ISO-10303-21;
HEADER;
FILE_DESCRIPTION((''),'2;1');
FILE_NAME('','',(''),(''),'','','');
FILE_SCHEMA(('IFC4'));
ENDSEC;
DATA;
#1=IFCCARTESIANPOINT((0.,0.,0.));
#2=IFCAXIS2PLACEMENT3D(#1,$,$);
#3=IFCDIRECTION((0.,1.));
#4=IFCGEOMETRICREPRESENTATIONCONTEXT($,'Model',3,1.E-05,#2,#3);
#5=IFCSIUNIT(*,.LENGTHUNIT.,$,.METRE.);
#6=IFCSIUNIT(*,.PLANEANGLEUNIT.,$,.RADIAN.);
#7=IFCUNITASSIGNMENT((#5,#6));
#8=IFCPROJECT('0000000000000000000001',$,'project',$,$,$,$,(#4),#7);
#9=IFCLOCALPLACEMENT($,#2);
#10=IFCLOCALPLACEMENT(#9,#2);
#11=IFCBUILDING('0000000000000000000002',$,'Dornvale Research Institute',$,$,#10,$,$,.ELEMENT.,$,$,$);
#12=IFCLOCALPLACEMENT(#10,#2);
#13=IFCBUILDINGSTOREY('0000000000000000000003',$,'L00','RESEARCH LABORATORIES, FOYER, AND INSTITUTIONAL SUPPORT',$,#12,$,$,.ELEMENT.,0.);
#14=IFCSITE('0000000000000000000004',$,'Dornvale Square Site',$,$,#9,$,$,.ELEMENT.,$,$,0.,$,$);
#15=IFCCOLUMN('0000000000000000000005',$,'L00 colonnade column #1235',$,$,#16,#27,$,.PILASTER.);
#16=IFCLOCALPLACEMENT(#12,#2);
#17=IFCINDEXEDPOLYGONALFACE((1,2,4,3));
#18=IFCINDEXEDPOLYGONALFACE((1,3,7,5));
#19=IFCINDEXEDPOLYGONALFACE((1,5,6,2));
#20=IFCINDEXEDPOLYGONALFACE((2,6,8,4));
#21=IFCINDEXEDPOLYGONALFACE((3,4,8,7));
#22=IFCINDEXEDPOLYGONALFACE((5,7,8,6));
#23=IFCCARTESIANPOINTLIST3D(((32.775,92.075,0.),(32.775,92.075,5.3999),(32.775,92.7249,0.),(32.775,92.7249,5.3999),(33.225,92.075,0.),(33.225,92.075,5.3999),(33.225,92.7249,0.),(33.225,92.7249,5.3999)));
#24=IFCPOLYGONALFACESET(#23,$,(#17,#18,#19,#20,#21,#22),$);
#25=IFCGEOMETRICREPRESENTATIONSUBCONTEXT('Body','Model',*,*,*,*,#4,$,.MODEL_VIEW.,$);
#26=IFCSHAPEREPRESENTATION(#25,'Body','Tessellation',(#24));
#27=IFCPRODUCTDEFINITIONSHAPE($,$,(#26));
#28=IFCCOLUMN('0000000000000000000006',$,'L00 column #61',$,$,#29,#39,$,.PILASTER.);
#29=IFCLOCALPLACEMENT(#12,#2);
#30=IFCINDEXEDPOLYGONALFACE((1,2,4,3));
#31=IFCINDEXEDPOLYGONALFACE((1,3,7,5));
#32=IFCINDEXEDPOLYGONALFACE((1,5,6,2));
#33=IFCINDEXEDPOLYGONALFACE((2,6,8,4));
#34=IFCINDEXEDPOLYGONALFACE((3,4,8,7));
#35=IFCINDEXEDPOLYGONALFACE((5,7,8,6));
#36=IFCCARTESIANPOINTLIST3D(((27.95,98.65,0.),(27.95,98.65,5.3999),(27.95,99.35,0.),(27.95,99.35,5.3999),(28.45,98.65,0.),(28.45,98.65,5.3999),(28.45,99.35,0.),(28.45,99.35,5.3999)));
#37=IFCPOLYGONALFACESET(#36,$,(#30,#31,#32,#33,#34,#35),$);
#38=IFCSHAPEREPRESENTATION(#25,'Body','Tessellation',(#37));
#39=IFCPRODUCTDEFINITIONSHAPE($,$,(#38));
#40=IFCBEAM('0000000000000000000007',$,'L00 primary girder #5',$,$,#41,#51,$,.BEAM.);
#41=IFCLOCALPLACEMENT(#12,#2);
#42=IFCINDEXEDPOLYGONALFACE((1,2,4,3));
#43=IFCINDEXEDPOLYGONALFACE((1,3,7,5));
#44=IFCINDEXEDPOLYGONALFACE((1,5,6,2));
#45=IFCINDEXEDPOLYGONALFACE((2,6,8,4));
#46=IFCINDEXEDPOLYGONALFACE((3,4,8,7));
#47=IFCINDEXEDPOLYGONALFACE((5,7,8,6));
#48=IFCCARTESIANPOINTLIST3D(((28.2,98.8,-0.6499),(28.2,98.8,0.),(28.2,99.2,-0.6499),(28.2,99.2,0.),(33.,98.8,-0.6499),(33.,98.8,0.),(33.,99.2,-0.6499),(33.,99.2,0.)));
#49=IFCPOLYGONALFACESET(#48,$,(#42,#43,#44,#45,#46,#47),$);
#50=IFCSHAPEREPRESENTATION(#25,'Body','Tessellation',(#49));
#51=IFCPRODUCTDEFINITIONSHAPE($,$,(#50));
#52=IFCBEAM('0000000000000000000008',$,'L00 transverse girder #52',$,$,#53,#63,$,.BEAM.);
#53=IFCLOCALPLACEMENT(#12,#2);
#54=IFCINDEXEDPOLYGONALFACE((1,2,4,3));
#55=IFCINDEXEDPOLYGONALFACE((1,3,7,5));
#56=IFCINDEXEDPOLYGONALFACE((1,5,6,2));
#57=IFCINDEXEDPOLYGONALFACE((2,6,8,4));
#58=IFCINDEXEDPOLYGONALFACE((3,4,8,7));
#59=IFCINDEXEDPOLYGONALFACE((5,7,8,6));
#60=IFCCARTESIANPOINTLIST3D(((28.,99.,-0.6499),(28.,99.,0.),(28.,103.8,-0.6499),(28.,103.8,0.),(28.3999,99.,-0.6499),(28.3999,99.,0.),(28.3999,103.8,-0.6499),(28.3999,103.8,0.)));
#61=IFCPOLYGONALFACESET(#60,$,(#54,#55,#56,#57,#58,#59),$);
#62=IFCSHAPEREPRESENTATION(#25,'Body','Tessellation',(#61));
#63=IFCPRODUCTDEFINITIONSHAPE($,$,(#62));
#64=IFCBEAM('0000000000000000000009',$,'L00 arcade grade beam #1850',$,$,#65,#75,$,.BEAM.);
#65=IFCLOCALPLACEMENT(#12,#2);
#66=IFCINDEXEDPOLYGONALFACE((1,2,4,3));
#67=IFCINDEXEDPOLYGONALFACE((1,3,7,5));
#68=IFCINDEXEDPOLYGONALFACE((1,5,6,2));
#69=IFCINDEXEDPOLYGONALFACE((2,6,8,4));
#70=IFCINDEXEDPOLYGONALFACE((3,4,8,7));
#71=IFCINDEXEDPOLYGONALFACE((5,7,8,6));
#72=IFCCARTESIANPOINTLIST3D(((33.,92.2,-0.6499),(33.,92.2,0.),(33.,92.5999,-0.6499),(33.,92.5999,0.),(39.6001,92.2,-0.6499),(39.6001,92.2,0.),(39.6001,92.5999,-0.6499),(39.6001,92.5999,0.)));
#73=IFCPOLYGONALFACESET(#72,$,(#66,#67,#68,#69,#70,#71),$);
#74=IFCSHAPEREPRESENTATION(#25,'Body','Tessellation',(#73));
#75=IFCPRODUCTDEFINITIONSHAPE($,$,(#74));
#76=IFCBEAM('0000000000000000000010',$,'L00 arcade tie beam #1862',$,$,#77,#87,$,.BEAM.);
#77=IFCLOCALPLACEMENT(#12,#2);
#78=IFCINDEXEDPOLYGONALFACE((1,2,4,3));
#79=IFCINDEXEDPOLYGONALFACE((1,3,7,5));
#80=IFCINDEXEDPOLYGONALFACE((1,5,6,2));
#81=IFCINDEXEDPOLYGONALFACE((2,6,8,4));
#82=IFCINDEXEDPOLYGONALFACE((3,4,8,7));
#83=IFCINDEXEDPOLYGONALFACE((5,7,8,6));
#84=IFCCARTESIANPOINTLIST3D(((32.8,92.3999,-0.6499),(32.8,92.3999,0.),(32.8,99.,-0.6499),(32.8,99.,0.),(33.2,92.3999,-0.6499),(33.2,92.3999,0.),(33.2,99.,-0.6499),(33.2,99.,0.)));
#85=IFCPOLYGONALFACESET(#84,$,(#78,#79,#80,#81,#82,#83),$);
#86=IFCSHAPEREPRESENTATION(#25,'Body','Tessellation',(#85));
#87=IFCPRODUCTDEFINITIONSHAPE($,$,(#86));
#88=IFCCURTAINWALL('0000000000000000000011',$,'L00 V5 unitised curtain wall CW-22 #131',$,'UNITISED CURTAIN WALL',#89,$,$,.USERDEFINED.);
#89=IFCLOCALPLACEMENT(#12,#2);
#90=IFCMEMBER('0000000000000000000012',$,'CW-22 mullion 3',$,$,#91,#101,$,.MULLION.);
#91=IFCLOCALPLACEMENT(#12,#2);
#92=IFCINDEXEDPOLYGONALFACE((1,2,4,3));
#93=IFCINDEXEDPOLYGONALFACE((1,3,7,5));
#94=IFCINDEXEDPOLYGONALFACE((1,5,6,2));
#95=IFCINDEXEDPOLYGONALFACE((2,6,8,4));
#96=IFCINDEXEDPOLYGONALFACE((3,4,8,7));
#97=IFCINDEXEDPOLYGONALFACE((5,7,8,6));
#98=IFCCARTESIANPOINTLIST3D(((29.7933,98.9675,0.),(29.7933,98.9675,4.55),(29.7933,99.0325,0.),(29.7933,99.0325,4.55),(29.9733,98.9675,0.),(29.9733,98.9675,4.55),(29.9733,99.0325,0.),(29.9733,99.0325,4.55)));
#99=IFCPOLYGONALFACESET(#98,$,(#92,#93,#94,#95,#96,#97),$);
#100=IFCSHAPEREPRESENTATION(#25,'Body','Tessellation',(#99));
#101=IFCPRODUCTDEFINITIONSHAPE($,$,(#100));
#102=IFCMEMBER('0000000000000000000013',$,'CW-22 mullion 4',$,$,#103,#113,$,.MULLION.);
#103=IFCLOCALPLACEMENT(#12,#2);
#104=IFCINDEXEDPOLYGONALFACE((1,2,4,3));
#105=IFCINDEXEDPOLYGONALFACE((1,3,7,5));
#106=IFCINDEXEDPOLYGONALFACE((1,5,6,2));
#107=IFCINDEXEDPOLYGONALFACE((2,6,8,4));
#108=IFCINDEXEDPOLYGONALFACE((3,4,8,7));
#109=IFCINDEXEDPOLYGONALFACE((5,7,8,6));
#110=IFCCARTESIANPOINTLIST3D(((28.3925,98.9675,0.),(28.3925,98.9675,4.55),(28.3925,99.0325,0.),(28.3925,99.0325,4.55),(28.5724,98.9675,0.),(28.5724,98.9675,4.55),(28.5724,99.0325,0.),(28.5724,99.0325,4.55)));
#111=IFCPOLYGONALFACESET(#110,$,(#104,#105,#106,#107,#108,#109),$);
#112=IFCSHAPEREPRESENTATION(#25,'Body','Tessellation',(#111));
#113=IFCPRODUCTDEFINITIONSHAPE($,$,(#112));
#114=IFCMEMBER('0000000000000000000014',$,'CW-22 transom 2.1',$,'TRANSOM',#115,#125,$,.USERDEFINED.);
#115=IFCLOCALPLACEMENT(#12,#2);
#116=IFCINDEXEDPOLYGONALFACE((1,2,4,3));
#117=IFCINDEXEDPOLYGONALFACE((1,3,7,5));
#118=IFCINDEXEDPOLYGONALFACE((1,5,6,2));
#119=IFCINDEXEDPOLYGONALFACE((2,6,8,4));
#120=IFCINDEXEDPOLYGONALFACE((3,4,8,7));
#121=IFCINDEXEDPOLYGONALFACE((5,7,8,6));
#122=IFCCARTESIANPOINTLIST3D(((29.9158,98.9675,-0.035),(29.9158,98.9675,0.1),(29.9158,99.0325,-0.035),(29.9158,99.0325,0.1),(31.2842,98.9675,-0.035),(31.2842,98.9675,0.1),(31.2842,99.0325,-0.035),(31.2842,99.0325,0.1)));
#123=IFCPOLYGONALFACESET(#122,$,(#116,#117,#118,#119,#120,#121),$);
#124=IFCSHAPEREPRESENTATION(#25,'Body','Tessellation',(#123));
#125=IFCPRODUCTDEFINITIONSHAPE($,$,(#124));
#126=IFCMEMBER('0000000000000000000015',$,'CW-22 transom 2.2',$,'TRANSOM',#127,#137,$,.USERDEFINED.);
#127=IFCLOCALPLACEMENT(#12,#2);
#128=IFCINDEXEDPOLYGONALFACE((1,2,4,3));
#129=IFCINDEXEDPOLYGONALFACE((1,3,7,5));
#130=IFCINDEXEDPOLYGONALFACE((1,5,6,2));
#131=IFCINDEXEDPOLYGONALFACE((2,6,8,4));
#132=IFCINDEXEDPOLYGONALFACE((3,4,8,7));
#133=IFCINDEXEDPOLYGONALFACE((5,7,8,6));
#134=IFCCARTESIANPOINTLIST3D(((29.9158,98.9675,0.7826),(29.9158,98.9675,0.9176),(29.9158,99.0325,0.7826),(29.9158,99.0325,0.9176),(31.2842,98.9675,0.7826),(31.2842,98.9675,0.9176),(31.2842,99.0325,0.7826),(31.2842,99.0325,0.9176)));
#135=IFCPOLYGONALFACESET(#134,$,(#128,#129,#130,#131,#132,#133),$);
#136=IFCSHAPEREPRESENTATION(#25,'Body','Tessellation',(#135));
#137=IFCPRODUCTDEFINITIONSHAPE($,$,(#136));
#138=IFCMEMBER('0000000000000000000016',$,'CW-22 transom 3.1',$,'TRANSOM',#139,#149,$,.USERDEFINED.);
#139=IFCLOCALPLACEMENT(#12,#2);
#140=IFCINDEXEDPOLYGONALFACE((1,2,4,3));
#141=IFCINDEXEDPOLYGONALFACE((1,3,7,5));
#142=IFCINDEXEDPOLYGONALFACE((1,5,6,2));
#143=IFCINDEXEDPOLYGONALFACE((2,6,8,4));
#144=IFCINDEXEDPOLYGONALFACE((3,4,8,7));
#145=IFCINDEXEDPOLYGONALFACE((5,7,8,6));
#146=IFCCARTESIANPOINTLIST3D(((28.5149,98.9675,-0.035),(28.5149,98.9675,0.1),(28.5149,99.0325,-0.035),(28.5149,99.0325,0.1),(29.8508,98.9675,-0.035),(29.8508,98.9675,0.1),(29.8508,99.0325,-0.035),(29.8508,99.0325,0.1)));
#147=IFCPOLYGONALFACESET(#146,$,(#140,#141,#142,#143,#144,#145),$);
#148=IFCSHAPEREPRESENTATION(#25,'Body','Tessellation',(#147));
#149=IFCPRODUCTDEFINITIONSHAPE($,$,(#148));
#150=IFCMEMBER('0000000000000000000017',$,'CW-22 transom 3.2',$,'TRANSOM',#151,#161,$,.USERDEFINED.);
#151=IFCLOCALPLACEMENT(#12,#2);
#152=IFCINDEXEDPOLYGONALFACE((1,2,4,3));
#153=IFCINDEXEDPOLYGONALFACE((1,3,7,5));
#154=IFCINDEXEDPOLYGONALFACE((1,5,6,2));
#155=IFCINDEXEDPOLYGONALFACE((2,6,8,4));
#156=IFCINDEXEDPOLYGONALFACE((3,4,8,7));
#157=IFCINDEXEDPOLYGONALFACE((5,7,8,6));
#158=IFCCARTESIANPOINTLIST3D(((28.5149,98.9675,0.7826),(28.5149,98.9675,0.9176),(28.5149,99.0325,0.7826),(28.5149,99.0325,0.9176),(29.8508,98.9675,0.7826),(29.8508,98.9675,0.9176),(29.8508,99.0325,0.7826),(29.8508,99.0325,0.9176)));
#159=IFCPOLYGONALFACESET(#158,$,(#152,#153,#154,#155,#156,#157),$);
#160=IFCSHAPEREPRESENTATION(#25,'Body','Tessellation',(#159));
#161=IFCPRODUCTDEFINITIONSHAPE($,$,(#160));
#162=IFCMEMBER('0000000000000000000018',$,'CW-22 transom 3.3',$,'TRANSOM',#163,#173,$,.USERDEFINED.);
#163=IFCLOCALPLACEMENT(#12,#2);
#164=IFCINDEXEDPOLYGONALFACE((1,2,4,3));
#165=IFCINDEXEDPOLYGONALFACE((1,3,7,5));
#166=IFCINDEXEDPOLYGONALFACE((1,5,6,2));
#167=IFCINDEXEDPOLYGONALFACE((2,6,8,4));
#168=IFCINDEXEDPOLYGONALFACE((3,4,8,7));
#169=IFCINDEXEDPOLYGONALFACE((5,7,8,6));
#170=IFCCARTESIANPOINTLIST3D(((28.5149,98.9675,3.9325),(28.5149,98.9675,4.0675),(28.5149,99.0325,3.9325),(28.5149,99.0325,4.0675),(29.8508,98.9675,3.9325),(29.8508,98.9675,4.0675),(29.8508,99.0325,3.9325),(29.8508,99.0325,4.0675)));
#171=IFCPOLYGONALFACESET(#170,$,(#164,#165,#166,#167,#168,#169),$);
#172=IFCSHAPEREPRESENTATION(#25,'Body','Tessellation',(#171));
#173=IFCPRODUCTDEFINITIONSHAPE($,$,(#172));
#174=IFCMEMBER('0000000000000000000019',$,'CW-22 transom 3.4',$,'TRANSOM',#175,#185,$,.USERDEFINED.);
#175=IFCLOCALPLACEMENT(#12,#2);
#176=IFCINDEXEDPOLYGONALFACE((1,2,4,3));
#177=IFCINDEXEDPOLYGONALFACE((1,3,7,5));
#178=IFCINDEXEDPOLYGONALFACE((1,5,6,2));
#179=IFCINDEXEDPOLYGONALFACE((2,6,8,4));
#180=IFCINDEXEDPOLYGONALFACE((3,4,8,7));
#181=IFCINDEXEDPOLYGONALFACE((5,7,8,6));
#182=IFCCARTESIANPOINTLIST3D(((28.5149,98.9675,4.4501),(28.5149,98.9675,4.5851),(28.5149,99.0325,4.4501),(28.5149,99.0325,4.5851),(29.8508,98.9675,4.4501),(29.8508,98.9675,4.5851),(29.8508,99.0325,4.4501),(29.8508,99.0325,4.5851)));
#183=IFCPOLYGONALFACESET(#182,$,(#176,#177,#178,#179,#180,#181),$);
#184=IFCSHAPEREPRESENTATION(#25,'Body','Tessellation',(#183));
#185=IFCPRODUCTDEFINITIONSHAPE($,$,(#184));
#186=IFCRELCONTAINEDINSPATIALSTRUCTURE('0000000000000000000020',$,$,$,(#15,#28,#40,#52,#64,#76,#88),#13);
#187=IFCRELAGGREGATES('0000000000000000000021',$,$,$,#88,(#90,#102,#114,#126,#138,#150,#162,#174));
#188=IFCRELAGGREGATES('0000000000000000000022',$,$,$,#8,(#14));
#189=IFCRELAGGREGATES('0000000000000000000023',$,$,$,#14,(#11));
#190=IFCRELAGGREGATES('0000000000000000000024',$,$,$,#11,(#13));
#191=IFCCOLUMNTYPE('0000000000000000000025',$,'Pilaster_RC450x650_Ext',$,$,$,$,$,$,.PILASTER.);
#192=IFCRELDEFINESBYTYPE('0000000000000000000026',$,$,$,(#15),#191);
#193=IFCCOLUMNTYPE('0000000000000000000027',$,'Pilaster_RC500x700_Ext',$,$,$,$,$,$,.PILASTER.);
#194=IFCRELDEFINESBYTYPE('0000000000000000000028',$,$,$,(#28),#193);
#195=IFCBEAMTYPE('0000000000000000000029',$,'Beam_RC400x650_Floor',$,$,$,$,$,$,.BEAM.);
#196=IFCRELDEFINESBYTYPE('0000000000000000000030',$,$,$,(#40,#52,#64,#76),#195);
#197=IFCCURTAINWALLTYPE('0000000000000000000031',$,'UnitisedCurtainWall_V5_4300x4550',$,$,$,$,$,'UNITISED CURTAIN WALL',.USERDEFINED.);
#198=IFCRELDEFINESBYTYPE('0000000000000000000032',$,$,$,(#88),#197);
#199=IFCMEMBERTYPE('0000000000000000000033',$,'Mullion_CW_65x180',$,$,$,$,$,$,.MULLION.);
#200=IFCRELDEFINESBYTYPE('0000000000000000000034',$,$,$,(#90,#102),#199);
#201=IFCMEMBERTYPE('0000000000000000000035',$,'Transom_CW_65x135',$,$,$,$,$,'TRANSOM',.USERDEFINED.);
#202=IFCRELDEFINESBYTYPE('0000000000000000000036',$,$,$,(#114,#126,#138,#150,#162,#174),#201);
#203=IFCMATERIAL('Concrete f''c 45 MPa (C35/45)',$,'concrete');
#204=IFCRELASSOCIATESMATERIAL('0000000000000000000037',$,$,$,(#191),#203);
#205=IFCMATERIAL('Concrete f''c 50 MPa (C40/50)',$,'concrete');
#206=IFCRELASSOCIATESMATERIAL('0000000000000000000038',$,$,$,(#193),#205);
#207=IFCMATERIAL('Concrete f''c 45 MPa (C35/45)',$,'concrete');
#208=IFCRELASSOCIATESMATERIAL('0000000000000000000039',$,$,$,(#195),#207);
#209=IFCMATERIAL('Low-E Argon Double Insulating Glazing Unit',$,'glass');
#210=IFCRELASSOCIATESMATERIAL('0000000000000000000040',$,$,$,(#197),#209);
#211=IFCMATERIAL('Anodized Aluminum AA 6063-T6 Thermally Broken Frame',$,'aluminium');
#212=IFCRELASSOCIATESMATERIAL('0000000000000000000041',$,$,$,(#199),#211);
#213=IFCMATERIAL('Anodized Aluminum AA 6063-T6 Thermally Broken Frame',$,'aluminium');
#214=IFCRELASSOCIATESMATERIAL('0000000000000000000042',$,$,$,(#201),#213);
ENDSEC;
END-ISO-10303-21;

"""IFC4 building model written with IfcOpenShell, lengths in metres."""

from ifc_helpers import new_model, si_unit, direction, frame, origin, origin_2d, place, context, subcontext, project, spatial, rectangle, extrude, material, material_profile, profile_set, type_object, element, aggregate, save


model = new_model("IFC4")

# Units and contexts
model_context = context("Model", 3, precision=1e-05, world=origin(), true_north=direction((0.0, 1.0)))
body_context = subcontext(model_context, "Body", "Model", "MODEL_VIEW")
ifc_project = project(units=[si_unit("LENGTHUNIT", "METRE"), si_unit("PLANEANGLEUNIT", "RADIAN")], contexts=[model_context])

# Site, building, storey
site_placement = place(None, origin())
site = spatial("IfcSite", under=ifc_project, at=site_placement, Name="Dornvale Square Site", CompositionType="ELEMENT", RefElevation=0.0)
building_placement = place(site_placement, origin())
building = spatial("IfcBuilding", under=site, at=building_placement, Name="Dornvale Research Institute", CompositionType="ELEMENT")
storey_placement = place(building_placement, origin())
storey = spatial("IfcBuildingStorey", under=building, at=storey_placement, Name="L00", Description="RESEARCH LABORATORIES, FOYER, AND INSTITUTIONAL SUPPORT", CompositionType="ELEMENT", Elevation=0.0)

# Columns
ifc_material_1 = material(Name="Concrete f'c 45 MPa (C35/45)", Category="concrete")
ifc_material_profile_1 = material_profile(ifc_material_1, rectangle(XDim=0.45, YDim=0.6499, at=origin_2d()), Name="RC 450x650")
ifc_profile_set_1 = profile_set([ifc_material_profile_1], Name="Concrete f'c 45 MPa (C35/45)")
column_type_1 = type_object("IfcColumnType", Name="Pilaster_RC450x650_Ext", PredefinedType="PILASTER", material=ifc_profile_set_1)
column_1_placement = place(storey_placement, frame((33.0, 92.3999, 0.0), z_axis=(0.0, 0.0, 1.0), x_axis=(1.0, 0.0, 0.0)))
element("IfcColumn", 1, at=column_1_placement, inside=storey, type_object=column_type_1, Name="L00 colonnade column #1235", PredefinedType="PILASTER", context=body_context, shape_type="SweptSolid", body=[
    extrude(rectangle(XDim=0.45, YDim=0.6499, at=origin_2d()), origin(), (0.0, 0.0, 1.0), 5.3999),
])
ifc_material_2 = material(Name="Concrete f'c 50 MPa (C40/50)", Category="concrete")
ifc_material_profile_2 = material_profile(ifc_material_2, rectangle(XDim=0.5, YDim=0.7, at=origin_2d()), Name="RC 500x700")
ifc_profile_set_2 = profile_set([ifc_material_profile_2], Name="Concrete f'c 50 MPa (C40/50)")
column_type_2 = type_object("IfcColumnType", Name="Pilaster_RC500x700_Ext", PredefinedType="PILASTER", material=ifc_profile_set_2)
column_2_placement = place(storey_placement, frame((28.2, 99.0, 0.0), z_axis=(0.0, 0.0, 1.0), x_axis=(1.0, 0.0, 0.0)))
element("IfcColumn", 2, at=column_2_placement, inside=storey, type_object=column_type_2, Name="L00 column #61", PredefinedType="PILASTER", context=body_context, shape_type="SweptSolid", body=[
    extrude(rectangle(XDim=0.5, YDim=0.7, at=origin_2d()), origin(), (0.0, 0.0, 1.0), 5.3999),
])

# Beams
ifc_material_3 = material(Name="Concrete f'c 45 MPa (C35/45)", Category="concrete")
ifc_material_profile_3 = material_profile(ifc_material_3, rectangle(XDim=0.3999, YDim=0.6499, at=origin_2d()), Name="RC 400x650")
ifc_profile_set_3 = profile_set([ifc_material_profile_3], Name="Concrete f'c 45 MPa (C35/45)")
beam_type = type_object("IfcBeamType", Name="Beam_RC400x650_Floor", PredefinedType="BEAM", material=ifc_profile_set_3)
for number, where, z_axis, x_axis, name in (
    (3, (28.2, 99.0, -0.325), (1.0, 0.0, 0.0), (0.0, 1.0, 0.0), "L00 primary girder #5"),
    (4, (28.2, 99.0, -0.325), (0.0, 1.0, 0.0), (-1.0, 0.0, 0.0), "L00 transverse girder #52"),
):
    element("IfcBeam", number, at=place(storey_placement, frame(where, z_axis=z_axis, x_axis=x_axis)), inside=storey, type_object=beam_type, Name=name, PredefinedType="BEAM", context=body_context, shape_type="SweptSolid", body=[
        extrude(rectangle(XDim=0.3999, YDim=0.6499, at=origin_2d()), origin(), (0.0, 0.0, 1.0), 4.8),
    ])
for number, where, z_axis, x_axis, name in (
    (5, (33.0, 92.3999, -0.325), (1.0, 0.0, 0.0), (0.0, 1.0, 0.0), "L00 arcade grade beam #1850"),
    (6, (33.0, 92.3999, -0.325), (0.0, 1.0, 0.0), (-1.0, 0.0, 0.0), "L00 arcade tie beam #1862"),
):
    element("IfcBeam", number, at=place(storey_placement, frame(where, z_axis=z_axis, x_axis=x_axis)), inside=storey, type_object=beam_type, Name=name, PredefinedType="BEAM", context=body_context, shape_type="SweptSolid", body=[
        extrude(rectangle(XDim=0.3999, YDim=0.6499, at=origin_2d()), origin(), (0.0, 0.0, 1.0), 6.6001),
    ])

# Curtain wall, members
ifc_material_4 = material(Name="Low-E Argon Double Insulating Glazing Unit", Category="glass")
curtain_wall_type = type_object("IfcCurtainWallType", Name="UnitisedCurtainWall_V5_4300x4550", ElementType="UNITISED CURTAIN WALL", PredefinedType="USERDEFINED", material=ifc_material_4)
curtain_wall_placement = place(storey_placement, origin())
curtain_wall = element("IfcCurtainWall", 7, at=curtain_wall_placement, inside=storey, type_object=curtain_wall_type, Name="L00 V5 unitised curtain wall CW-22 #131", ObjectType="UNITISED CURTAIN WALL", PredefinedType="USERDEFINED")
ifc_material_5 = material(Name="Anodized Aluminum AA 6063-T6 Thermally Broken Frame", Category="aluminium")
ifc_material_profile_4 = material_profile(ifc_material_5, rectangle(XDim=0.0649, YDim=0.1799, at=origin_2d()), Name="ALU MULLION 65x180")
ifc_profile_set_4 = profile_set([ifc_material_profile_4], Name="Anodized Aluminum AA 6063-T6 Thermally Broken Frame")
member_type_1 = type_object("IfcMemberType", Name="Mullion_CW_65x180", PredefinedType="MULLION", material=ifc_profile_set_4)
member_1_placement = place(storey_placement, frame((29.8833, 99.0, 0.0), z_axis=(0.0, 0.0, 1.0), x_axis=(0.0, -1.0, 0.0)))
member_1 = element("IfcMember", 8, at=member_1_placement, type_object=member_type_1, Name="CW-22 mullion 3", PredefinedType="MULLION", context=body_context, shape_type="SweptSolid", body=[
    extrude(rectangle(XDim=0.0649, YDim=0.1799, at=origin_2d()), origin(), (0.0, 0.0, 1.0), 4.55),
])
member_2_placement = place(storey_placement, frame((28.4824, 99.0, 0.0), z_axis=(0.0, 0.0, 1.0), x_axis=(0.0, -1.0, 0.0)))
member_2 = element("IfcMember", 9, at=member_2_placement, type_object=member_type_1, Name="CW-22 mullion 4", PredefinedType="MULLION", context=body_context, shape_type="SweptSolid", body=[
    extrude(rectangle(XDim=0.0649, YDim=0.1799, at=origin_2d()), origin(), (0.0, 0.0, 1.0), 4.55),
])
ifc_material_6 = material(Name="Anodized Aluminum AA 6063-T6 Thermally Broken Frame", Category="aluminium")
ifc_material_profile_5 = material_profile(ifc_material_6, rectangle(XDim=0.0649, YDim=0.135, at=origin_2d()), Name="ALU TRANSOM 65x135")
ifc_profile_set_5 = profile_set([ifc_material_profile_5], Name="Anodized Aluminum AA 6063-T6 Thermally Broken Frame")
member_type_2 = type_object("IfcMemberType", Name="Transom_CW_65x135", ElementType="TRANSOM", PredefinedType="USERDEFINED", material=ifc_profile_set_5)
member_3_placement = place(storey_placement, frame((31.2842, 99.0, 0.0325), z_axis=(-1.0, 0.0, 0.0), x_axis=(0.0, -1.0, 0.0)))
member_3 = element("IfcMember", 10, at=member_3_placement, type_object=member_type_2, Name="CW-22 transom 2.1", ObjectType="TRANSOM", PredefinedType="USERDEFINED", context=body_context, shape_type="SweptSolid", body=[
    extrude(rectangle(XDim=0.0649, YDim=0.135, at=origin_2d()), origin(), (0.0, 0.0, 1.0), 1.3684),
])
member_4_placement = place(storey_placement, frame((31.2842, 99.0, 0.8501), z_axis=(-1.0, 0.0, 0.0), x_axis=(0.0, -1.0, 0.0)))
member_4 = element("IfcMember", 11, at=member_4_placement, type_object=member_type_2, Name="CW-22 transom 2.2", ObjectType="TRANSOM", PredefinedType="USERDEFINED", context=body_context, shape_type="SweptSolid", body=[
    extrude(rectangle(XDim=0.0649, YDim=0.135, at=origin_2d()), origin(), (0.0, 0.0, 1.0), 1.3684),
])
member_5_placement = place(storey_placement, frame((29.8508, 99.0, 0.0325), z_axis=(-1.0, 0.0, 0.0), x_axis=(0.0, -1.0, 0.0)))
member_5 = element("IfcMember", 12, at=member_5_placement, type_object=member_type_2, Name="CW-22 transom 3.1", ObjectType="TRANSOM", PredefinedType="USERDEFINED", context=body_context, shape_type="SweptSolid", body=[
    extrude(rectangle(XDim=0.0649, YDim=0.135, at=origin_2d()), origin(), (0.0, 0.0, 1.0), 1.3359),
])
member_6_placement = place(storey_placement, frame((29.8508, 99.0, 0.8501), z_axis=(-1.0, 0.0, 0.0), x_axis=(0.0, -1.0, 0.0)))
member_6 = element("IfcMember", 13, at=member_6_placement, type_object=member_type_2, Name="CW-22 transom 3.2", ObjectType="TRANSOM", PredefinedType="USERDEFINED", context=body_context, shape_type="SweptSolid", body=[
    extrude(rectangle(XDim=0.0649, YDim=0.135, at=origin_2d()), origin(), (0.0, 0.0, 1.0), 1.3359),
])
member_7_placement = place(storey_placement, frame((29.8508, 99.0, 4.0), z_axis=(-1.0, 0.0, 0.0), x_axis=(0.0, -1.0, 0.0)))
member_7 = element("IfcMember", 14, at=member_7_placement, type_object=member_type_2, Name="CW-22 transom 3.3", ObjectType="TRANSOM", PredefinedType="USERDEFINED", context=body_context, shape_type="SweptSolid", body=[
    extrude(rectangle(XDim=0.0649, YDim=0.135, at=origin_2d()), origin(), (0.0, 0.0, 1.0), 1.3359),
])
member_8_placement = place(storey_placement, frame((29.8508, 99.0, 4.5176), z_axis=(-1.0, 0.0, 0.0), x_axis=(0.0, -1.0, 0.0)))
member_8 = element("IfcMember", 15, at=member_8_placement, type_object=member_type_2, Name="CW-22 transom 3.4", ObjectType="TRANSOM", PredefinedType="USERDEFINED", context=body_context, shape_type="SweptSolid", body=[
    extrude(rectangle(XDim=0.0649, YDim=0.135, at=origin_2d()), origin(), (0.0, 0.0, 1.0), 1.3359),
])
aggregate(curtain_wall, [member_1, member_2, member_3, member_4, member_5, member_6, member_7, member_8])

save(model, "model.ifc")
